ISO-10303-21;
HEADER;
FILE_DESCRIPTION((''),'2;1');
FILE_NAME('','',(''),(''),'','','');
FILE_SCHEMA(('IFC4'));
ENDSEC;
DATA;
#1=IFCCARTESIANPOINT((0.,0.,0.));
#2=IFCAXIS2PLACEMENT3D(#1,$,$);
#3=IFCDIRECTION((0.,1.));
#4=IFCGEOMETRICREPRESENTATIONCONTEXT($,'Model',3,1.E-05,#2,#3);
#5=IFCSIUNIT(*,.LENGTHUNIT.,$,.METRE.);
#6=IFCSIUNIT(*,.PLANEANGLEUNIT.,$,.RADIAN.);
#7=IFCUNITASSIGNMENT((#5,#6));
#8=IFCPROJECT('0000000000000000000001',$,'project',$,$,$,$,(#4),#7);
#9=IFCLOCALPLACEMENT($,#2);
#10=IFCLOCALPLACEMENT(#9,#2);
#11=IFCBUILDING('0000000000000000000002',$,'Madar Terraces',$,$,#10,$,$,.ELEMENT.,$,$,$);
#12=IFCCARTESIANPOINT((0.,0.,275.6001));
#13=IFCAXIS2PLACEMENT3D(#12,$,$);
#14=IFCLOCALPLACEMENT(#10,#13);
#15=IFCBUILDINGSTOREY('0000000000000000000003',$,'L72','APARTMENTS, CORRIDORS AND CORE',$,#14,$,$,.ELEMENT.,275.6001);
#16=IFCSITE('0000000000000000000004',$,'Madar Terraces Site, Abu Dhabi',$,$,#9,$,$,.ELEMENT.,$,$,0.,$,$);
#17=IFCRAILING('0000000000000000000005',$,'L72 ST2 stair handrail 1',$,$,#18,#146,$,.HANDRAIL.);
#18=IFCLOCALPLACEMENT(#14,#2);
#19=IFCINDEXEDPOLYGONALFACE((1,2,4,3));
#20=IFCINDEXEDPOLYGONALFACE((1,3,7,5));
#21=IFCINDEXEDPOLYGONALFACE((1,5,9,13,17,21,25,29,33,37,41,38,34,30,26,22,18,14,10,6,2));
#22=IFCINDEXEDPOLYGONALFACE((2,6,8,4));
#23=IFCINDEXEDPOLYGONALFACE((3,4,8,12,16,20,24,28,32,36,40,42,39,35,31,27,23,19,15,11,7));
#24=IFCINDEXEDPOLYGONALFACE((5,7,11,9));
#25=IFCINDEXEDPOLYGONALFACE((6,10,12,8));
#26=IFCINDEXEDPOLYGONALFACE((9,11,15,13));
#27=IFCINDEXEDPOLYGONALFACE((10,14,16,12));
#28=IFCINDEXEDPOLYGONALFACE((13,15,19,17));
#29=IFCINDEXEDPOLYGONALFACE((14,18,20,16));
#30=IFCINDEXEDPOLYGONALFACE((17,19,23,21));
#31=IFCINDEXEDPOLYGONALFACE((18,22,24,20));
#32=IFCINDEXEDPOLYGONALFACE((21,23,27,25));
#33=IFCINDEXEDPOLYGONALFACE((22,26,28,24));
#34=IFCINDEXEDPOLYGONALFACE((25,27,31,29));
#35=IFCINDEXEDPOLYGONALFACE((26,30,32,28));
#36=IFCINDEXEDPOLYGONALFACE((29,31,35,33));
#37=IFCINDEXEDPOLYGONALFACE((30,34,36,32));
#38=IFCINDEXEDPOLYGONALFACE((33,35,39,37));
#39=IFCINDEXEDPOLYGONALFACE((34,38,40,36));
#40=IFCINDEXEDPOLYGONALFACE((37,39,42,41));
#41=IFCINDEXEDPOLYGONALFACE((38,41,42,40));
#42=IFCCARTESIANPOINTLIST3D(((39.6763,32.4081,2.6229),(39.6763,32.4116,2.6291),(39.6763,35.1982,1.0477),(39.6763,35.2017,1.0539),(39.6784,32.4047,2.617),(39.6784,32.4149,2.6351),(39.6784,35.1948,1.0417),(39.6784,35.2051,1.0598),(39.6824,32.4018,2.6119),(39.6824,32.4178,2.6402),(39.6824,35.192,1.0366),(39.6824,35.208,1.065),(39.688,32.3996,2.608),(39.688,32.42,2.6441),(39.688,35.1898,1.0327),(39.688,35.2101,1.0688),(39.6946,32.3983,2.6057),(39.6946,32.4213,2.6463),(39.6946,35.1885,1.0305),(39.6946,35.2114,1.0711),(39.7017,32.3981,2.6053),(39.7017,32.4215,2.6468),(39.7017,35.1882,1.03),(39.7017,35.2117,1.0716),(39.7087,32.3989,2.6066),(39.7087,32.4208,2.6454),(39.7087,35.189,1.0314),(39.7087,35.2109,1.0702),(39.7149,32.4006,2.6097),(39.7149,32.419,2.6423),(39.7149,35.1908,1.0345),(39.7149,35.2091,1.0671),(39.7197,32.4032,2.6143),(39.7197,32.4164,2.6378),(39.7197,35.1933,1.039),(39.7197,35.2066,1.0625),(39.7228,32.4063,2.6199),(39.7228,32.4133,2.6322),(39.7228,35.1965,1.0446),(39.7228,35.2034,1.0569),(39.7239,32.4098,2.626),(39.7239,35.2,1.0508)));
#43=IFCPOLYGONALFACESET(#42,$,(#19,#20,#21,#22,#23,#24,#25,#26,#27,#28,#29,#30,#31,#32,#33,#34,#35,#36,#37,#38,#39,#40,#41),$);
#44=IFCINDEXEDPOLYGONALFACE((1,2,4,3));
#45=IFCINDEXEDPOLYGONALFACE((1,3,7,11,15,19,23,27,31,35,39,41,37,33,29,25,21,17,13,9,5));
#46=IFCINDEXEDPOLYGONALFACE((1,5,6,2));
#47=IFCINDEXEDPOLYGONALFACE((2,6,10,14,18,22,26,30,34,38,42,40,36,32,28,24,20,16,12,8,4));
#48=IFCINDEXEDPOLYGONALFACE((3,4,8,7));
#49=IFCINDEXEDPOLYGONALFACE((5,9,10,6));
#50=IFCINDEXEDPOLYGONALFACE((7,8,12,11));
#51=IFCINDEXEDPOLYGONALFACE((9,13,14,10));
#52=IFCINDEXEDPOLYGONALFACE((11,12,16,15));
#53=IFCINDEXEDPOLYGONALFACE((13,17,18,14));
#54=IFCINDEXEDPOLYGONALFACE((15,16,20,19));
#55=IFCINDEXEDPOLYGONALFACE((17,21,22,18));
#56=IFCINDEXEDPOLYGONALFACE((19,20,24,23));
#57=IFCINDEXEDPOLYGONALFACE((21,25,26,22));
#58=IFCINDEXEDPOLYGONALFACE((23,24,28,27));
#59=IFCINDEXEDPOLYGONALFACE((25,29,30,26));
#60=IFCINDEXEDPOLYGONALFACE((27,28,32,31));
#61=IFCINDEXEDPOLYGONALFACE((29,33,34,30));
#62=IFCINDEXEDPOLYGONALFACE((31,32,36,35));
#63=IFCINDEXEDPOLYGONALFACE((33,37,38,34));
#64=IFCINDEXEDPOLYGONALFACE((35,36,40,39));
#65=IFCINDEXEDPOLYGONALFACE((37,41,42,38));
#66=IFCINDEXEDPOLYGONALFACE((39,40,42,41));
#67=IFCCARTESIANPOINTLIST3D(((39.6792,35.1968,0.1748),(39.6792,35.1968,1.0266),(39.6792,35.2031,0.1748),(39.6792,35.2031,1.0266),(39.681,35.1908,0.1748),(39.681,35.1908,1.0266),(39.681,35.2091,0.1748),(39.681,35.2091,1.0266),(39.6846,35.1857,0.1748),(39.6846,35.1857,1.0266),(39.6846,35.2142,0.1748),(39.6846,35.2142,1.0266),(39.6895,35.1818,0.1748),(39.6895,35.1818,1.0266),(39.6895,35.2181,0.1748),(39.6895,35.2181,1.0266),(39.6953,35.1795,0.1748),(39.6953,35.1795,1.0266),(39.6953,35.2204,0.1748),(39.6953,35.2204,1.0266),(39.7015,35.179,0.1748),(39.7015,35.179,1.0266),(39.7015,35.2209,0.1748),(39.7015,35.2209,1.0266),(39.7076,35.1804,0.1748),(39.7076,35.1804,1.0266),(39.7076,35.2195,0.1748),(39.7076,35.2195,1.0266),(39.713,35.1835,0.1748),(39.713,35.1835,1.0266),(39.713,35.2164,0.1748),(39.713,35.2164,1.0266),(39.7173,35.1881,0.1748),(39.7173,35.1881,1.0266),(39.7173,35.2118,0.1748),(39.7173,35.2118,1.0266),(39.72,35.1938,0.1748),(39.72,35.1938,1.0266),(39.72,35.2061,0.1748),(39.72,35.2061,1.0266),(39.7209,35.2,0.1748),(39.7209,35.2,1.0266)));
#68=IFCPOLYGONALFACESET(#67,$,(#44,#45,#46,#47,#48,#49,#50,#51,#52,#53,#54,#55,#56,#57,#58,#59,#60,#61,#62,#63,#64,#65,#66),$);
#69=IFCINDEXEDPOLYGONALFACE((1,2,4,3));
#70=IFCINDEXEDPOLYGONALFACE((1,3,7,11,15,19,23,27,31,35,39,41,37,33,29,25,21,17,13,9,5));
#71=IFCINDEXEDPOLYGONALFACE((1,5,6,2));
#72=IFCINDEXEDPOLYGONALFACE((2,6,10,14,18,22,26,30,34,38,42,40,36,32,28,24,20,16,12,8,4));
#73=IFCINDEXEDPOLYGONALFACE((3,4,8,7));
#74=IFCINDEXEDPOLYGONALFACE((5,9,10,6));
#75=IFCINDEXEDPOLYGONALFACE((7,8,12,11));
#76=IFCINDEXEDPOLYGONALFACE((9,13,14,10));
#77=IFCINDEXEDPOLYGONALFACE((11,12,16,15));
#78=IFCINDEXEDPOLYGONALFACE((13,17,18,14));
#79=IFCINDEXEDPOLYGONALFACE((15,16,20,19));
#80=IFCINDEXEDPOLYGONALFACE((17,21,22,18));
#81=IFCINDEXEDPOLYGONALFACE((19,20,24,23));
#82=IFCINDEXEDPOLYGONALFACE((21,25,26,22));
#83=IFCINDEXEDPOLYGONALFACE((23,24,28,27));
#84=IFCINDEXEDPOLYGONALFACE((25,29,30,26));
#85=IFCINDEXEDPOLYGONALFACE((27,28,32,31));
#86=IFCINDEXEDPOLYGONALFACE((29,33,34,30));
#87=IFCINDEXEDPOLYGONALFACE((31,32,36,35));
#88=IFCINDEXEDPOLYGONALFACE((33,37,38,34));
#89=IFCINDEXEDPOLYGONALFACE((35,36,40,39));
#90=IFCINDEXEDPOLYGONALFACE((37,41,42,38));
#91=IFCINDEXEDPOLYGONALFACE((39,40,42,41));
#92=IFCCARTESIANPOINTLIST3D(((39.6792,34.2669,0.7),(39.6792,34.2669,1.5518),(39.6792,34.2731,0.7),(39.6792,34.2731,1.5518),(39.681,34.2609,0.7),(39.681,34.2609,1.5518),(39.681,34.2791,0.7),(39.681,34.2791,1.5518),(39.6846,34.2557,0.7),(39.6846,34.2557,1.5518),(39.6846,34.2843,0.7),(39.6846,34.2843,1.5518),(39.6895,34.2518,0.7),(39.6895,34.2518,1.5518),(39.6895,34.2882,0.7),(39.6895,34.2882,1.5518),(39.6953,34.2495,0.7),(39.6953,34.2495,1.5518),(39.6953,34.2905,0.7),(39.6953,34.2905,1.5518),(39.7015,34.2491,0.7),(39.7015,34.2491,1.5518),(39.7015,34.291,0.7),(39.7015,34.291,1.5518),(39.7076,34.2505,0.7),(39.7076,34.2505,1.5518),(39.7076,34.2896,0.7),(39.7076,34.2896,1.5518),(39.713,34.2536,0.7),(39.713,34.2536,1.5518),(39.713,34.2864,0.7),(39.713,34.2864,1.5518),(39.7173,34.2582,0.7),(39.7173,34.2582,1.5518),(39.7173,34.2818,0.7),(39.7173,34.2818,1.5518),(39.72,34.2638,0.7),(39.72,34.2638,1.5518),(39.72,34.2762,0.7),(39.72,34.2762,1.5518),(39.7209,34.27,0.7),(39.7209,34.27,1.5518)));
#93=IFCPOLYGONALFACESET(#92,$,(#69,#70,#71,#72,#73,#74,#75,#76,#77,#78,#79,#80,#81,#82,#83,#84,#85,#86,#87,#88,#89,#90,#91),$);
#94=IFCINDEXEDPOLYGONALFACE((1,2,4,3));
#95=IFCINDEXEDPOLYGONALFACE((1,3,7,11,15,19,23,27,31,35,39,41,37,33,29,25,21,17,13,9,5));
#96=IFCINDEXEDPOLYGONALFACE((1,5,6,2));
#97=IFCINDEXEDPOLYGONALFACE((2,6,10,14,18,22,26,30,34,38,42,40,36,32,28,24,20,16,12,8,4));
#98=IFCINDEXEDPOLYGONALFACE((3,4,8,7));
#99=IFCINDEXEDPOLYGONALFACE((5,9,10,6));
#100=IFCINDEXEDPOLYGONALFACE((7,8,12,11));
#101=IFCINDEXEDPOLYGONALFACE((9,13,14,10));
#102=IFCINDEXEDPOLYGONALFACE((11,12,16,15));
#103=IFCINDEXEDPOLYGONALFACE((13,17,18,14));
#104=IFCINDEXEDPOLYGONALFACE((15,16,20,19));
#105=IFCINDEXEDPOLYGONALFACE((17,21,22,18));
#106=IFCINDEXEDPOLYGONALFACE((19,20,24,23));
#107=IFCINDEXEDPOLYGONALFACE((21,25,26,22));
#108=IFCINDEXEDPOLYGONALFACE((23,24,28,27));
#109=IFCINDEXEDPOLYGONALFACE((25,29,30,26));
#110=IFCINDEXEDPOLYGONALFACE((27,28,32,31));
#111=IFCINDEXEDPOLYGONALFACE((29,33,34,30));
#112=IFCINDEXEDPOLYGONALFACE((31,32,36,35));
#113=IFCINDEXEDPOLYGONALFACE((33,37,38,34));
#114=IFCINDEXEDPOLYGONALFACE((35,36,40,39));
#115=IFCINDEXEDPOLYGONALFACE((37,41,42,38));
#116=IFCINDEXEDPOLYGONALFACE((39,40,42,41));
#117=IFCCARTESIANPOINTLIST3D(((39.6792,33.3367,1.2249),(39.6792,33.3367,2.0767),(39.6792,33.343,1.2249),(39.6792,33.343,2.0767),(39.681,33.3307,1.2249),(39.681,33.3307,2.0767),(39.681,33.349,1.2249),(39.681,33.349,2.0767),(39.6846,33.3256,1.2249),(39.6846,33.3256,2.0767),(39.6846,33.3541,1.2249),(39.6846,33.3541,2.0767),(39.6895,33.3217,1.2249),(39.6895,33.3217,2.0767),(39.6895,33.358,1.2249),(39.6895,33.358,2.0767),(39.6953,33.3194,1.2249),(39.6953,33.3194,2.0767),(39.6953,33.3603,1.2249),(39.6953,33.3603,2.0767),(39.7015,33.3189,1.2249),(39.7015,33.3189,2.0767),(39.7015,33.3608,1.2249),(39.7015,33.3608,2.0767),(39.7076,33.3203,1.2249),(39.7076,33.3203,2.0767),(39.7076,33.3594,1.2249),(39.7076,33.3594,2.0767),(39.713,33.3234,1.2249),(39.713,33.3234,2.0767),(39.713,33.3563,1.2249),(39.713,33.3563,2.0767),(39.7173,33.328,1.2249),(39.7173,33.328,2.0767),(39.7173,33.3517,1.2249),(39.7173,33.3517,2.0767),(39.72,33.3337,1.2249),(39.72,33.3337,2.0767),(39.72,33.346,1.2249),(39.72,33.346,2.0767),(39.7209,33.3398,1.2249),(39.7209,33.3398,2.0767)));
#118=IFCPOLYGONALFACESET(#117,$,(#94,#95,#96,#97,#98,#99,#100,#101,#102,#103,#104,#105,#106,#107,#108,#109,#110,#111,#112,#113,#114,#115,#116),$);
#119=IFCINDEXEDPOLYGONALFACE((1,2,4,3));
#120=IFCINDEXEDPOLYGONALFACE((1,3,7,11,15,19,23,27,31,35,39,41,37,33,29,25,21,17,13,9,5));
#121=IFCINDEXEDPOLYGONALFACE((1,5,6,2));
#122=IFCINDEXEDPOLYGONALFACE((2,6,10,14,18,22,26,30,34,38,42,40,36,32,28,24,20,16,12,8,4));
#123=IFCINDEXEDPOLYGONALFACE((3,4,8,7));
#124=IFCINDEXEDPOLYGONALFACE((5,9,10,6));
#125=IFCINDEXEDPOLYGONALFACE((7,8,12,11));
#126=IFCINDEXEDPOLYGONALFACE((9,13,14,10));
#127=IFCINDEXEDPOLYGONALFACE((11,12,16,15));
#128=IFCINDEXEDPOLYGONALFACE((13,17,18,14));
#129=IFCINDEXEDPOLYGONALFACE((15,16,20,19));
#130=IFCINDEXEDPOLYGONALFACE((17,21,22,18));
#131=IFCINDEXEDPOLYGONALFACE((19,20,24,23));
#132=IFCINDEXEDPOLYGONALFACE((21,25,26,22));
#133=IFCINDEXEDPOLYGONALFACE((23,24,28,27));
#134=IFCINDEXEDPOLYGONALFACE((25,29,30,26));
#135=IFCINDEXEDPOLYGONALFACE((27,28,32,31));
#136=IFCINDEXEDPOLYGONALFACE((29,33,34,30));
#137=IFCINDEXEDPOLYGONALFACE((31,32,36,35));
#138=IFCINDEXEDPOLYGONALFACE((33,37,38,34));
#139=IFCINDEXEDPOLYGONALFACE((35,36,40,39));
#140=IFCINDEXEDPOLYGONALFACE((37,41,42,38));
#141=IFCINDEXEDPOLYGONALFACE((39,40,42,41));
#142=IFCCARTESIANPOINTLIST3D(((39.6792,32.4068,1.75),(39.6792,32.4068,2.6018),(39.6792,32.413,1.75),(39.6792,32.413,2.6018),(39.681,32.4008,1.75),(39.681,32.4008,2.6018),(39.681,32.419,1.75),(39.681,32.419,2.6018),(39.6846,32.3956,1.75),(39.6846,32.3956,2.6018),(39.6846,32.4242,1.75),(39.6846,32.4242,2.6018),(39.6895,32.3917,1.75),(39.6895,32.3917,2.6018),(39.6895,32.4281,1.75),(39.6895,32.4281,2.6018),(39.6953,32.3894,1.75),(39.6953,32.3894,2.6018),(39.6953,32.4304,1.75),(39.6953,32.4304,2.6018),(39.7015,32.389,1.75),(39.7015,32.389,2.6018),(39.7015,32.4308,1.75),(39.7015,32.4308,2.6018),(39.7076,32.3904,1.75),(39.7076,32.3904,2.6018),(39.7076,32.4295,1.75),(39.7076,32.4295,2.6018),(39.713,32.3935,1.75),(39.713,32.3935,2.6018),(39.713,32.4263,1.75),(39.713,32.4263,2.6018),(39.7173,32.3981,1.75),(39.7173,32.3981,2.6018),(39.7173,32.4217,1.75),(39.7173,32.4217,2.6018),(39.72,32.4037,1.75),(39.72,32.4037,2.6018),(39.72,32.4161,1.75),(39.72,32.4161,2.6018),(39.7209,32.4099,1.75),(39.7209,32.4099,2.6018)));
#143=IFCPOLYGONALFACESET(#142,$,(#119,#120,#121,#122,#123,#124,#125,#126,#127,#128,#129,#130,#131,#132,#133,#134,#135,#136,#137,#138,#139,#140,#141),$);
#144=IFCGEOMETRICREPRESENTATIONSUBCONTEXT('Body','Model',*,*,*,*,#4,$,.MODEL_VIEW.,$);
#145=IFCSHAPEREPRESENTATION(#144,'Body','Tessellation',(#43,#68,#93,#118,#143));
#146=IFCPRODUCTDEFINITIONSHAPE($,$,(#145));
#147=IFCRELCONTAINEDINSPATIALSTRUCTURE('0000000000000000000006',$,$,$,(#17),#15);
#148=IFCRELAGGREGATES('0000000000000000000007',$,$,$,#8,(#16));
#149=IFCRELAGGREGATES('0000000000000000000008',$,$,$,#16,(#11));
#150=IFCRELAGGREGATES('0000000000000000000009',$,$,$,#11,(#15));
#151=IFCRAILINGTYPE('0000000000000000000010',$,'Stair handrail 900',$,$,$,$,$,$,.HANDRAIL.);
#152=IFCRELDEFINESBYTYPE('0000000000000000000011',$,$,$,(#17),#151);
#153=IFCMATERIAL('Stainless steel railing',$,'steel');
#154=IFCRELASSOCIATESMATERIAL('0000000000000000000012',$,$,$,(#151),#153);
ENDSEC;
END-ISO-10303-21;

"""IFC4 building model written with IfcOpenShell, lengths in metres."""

from ifc_helpers import new_model, si_unit, direction, frame, origin, origin_2d, place, context, subcontext, project, spatial, circle, extrude, material, type_object, element, save


model = new_model("IFC4")

# Units and contexts
model_context = context("Model", 3, precision=1e-05, world=origin(), true_north=direction((0.0, 1.0)))
body_context = subcontext(model_context, "Body", "Model", "MODEL_VIEW")
ifc_project = project(units=[si_unit("LENGTHUNIT", "METRE"), si_unit("PLANEANGLEUNIT", "RADIAN")], contexts=[model_context])

# Site, building, storey
site_placement = place(None, origin())
site = spatial("IfcSite", under=ifc_project, at=site_placement, Name="Madar Terraces Site, Abu Dhabi", CompositionType="ELEMENT", RefElevation=0.0)
building_placement = place(site_placement, origin())
building = spatial("IfcBuilding", under=site, at=building_placement, Name="Madar Terraces", CompositionType="ELEMENT")
storey_placement = place(building_placement, frame((0.0, 0.0, 275.6001)))
storey = spatial("IfcBuildingStorey", under=building, at=storey_placement, Name="L72", Description="APARTMENTS, CORRIDORS AND CORE", CompositionType="ELEMENT", Elevation=275.6001)

# Railing
ifc_material_1 = material(Name="Stainless steel railing", Category="steel")
railing_type_1 = type_object("IfcRailingType", Name="Stair handrail 900", PredefinedType="HANDRAIL", material=ifc_material_1)
railing_1_placement = place(storey_placement, frame((39.7, 35.2, 0.1748)))
element("IfcRailing", 1, at=railing_1_placement, inside=storey, type_object=railing_type_1, Name="L72 ST2 stair handrail 1", PredefinedType="HANDRAIL", context=body_context, shape_type="SweptSolid", body=[
    extrude(circle(Radius=0.0239, at=origin_2d()), frame((0.0, 0.0, 0.876), z_axis=(0.0, -0.870801, 0.491635), x_axis=(1.0, 0.0, 0.0)), (0.0, 0.0, 1.0), 3.2041),
    extrude(circle(Radius=0.021, at=origin_2d()), origin(), (0.0, 0.0, 1.0), 0.8518),
    extrude(circle(Radius=0.021, at=origin_2d()), frame((0.0, -0.9299, 0.5251)), (0.0, 0.0, 1.0), 0.8518),
    extrude(circle(Radius=0.021, at=origin_2d()), frame((0.0, -1.8601, 1.05)), (0.0, 0.0, 1.0), 0.8518),
    extrude(circle(Radius=0.021, at=origin_2d()), frame((0.0, -2.79, 1.5752)), (0.0, 0.0, 1.0), 0.8518),
])

save(model, "model.ifc")
